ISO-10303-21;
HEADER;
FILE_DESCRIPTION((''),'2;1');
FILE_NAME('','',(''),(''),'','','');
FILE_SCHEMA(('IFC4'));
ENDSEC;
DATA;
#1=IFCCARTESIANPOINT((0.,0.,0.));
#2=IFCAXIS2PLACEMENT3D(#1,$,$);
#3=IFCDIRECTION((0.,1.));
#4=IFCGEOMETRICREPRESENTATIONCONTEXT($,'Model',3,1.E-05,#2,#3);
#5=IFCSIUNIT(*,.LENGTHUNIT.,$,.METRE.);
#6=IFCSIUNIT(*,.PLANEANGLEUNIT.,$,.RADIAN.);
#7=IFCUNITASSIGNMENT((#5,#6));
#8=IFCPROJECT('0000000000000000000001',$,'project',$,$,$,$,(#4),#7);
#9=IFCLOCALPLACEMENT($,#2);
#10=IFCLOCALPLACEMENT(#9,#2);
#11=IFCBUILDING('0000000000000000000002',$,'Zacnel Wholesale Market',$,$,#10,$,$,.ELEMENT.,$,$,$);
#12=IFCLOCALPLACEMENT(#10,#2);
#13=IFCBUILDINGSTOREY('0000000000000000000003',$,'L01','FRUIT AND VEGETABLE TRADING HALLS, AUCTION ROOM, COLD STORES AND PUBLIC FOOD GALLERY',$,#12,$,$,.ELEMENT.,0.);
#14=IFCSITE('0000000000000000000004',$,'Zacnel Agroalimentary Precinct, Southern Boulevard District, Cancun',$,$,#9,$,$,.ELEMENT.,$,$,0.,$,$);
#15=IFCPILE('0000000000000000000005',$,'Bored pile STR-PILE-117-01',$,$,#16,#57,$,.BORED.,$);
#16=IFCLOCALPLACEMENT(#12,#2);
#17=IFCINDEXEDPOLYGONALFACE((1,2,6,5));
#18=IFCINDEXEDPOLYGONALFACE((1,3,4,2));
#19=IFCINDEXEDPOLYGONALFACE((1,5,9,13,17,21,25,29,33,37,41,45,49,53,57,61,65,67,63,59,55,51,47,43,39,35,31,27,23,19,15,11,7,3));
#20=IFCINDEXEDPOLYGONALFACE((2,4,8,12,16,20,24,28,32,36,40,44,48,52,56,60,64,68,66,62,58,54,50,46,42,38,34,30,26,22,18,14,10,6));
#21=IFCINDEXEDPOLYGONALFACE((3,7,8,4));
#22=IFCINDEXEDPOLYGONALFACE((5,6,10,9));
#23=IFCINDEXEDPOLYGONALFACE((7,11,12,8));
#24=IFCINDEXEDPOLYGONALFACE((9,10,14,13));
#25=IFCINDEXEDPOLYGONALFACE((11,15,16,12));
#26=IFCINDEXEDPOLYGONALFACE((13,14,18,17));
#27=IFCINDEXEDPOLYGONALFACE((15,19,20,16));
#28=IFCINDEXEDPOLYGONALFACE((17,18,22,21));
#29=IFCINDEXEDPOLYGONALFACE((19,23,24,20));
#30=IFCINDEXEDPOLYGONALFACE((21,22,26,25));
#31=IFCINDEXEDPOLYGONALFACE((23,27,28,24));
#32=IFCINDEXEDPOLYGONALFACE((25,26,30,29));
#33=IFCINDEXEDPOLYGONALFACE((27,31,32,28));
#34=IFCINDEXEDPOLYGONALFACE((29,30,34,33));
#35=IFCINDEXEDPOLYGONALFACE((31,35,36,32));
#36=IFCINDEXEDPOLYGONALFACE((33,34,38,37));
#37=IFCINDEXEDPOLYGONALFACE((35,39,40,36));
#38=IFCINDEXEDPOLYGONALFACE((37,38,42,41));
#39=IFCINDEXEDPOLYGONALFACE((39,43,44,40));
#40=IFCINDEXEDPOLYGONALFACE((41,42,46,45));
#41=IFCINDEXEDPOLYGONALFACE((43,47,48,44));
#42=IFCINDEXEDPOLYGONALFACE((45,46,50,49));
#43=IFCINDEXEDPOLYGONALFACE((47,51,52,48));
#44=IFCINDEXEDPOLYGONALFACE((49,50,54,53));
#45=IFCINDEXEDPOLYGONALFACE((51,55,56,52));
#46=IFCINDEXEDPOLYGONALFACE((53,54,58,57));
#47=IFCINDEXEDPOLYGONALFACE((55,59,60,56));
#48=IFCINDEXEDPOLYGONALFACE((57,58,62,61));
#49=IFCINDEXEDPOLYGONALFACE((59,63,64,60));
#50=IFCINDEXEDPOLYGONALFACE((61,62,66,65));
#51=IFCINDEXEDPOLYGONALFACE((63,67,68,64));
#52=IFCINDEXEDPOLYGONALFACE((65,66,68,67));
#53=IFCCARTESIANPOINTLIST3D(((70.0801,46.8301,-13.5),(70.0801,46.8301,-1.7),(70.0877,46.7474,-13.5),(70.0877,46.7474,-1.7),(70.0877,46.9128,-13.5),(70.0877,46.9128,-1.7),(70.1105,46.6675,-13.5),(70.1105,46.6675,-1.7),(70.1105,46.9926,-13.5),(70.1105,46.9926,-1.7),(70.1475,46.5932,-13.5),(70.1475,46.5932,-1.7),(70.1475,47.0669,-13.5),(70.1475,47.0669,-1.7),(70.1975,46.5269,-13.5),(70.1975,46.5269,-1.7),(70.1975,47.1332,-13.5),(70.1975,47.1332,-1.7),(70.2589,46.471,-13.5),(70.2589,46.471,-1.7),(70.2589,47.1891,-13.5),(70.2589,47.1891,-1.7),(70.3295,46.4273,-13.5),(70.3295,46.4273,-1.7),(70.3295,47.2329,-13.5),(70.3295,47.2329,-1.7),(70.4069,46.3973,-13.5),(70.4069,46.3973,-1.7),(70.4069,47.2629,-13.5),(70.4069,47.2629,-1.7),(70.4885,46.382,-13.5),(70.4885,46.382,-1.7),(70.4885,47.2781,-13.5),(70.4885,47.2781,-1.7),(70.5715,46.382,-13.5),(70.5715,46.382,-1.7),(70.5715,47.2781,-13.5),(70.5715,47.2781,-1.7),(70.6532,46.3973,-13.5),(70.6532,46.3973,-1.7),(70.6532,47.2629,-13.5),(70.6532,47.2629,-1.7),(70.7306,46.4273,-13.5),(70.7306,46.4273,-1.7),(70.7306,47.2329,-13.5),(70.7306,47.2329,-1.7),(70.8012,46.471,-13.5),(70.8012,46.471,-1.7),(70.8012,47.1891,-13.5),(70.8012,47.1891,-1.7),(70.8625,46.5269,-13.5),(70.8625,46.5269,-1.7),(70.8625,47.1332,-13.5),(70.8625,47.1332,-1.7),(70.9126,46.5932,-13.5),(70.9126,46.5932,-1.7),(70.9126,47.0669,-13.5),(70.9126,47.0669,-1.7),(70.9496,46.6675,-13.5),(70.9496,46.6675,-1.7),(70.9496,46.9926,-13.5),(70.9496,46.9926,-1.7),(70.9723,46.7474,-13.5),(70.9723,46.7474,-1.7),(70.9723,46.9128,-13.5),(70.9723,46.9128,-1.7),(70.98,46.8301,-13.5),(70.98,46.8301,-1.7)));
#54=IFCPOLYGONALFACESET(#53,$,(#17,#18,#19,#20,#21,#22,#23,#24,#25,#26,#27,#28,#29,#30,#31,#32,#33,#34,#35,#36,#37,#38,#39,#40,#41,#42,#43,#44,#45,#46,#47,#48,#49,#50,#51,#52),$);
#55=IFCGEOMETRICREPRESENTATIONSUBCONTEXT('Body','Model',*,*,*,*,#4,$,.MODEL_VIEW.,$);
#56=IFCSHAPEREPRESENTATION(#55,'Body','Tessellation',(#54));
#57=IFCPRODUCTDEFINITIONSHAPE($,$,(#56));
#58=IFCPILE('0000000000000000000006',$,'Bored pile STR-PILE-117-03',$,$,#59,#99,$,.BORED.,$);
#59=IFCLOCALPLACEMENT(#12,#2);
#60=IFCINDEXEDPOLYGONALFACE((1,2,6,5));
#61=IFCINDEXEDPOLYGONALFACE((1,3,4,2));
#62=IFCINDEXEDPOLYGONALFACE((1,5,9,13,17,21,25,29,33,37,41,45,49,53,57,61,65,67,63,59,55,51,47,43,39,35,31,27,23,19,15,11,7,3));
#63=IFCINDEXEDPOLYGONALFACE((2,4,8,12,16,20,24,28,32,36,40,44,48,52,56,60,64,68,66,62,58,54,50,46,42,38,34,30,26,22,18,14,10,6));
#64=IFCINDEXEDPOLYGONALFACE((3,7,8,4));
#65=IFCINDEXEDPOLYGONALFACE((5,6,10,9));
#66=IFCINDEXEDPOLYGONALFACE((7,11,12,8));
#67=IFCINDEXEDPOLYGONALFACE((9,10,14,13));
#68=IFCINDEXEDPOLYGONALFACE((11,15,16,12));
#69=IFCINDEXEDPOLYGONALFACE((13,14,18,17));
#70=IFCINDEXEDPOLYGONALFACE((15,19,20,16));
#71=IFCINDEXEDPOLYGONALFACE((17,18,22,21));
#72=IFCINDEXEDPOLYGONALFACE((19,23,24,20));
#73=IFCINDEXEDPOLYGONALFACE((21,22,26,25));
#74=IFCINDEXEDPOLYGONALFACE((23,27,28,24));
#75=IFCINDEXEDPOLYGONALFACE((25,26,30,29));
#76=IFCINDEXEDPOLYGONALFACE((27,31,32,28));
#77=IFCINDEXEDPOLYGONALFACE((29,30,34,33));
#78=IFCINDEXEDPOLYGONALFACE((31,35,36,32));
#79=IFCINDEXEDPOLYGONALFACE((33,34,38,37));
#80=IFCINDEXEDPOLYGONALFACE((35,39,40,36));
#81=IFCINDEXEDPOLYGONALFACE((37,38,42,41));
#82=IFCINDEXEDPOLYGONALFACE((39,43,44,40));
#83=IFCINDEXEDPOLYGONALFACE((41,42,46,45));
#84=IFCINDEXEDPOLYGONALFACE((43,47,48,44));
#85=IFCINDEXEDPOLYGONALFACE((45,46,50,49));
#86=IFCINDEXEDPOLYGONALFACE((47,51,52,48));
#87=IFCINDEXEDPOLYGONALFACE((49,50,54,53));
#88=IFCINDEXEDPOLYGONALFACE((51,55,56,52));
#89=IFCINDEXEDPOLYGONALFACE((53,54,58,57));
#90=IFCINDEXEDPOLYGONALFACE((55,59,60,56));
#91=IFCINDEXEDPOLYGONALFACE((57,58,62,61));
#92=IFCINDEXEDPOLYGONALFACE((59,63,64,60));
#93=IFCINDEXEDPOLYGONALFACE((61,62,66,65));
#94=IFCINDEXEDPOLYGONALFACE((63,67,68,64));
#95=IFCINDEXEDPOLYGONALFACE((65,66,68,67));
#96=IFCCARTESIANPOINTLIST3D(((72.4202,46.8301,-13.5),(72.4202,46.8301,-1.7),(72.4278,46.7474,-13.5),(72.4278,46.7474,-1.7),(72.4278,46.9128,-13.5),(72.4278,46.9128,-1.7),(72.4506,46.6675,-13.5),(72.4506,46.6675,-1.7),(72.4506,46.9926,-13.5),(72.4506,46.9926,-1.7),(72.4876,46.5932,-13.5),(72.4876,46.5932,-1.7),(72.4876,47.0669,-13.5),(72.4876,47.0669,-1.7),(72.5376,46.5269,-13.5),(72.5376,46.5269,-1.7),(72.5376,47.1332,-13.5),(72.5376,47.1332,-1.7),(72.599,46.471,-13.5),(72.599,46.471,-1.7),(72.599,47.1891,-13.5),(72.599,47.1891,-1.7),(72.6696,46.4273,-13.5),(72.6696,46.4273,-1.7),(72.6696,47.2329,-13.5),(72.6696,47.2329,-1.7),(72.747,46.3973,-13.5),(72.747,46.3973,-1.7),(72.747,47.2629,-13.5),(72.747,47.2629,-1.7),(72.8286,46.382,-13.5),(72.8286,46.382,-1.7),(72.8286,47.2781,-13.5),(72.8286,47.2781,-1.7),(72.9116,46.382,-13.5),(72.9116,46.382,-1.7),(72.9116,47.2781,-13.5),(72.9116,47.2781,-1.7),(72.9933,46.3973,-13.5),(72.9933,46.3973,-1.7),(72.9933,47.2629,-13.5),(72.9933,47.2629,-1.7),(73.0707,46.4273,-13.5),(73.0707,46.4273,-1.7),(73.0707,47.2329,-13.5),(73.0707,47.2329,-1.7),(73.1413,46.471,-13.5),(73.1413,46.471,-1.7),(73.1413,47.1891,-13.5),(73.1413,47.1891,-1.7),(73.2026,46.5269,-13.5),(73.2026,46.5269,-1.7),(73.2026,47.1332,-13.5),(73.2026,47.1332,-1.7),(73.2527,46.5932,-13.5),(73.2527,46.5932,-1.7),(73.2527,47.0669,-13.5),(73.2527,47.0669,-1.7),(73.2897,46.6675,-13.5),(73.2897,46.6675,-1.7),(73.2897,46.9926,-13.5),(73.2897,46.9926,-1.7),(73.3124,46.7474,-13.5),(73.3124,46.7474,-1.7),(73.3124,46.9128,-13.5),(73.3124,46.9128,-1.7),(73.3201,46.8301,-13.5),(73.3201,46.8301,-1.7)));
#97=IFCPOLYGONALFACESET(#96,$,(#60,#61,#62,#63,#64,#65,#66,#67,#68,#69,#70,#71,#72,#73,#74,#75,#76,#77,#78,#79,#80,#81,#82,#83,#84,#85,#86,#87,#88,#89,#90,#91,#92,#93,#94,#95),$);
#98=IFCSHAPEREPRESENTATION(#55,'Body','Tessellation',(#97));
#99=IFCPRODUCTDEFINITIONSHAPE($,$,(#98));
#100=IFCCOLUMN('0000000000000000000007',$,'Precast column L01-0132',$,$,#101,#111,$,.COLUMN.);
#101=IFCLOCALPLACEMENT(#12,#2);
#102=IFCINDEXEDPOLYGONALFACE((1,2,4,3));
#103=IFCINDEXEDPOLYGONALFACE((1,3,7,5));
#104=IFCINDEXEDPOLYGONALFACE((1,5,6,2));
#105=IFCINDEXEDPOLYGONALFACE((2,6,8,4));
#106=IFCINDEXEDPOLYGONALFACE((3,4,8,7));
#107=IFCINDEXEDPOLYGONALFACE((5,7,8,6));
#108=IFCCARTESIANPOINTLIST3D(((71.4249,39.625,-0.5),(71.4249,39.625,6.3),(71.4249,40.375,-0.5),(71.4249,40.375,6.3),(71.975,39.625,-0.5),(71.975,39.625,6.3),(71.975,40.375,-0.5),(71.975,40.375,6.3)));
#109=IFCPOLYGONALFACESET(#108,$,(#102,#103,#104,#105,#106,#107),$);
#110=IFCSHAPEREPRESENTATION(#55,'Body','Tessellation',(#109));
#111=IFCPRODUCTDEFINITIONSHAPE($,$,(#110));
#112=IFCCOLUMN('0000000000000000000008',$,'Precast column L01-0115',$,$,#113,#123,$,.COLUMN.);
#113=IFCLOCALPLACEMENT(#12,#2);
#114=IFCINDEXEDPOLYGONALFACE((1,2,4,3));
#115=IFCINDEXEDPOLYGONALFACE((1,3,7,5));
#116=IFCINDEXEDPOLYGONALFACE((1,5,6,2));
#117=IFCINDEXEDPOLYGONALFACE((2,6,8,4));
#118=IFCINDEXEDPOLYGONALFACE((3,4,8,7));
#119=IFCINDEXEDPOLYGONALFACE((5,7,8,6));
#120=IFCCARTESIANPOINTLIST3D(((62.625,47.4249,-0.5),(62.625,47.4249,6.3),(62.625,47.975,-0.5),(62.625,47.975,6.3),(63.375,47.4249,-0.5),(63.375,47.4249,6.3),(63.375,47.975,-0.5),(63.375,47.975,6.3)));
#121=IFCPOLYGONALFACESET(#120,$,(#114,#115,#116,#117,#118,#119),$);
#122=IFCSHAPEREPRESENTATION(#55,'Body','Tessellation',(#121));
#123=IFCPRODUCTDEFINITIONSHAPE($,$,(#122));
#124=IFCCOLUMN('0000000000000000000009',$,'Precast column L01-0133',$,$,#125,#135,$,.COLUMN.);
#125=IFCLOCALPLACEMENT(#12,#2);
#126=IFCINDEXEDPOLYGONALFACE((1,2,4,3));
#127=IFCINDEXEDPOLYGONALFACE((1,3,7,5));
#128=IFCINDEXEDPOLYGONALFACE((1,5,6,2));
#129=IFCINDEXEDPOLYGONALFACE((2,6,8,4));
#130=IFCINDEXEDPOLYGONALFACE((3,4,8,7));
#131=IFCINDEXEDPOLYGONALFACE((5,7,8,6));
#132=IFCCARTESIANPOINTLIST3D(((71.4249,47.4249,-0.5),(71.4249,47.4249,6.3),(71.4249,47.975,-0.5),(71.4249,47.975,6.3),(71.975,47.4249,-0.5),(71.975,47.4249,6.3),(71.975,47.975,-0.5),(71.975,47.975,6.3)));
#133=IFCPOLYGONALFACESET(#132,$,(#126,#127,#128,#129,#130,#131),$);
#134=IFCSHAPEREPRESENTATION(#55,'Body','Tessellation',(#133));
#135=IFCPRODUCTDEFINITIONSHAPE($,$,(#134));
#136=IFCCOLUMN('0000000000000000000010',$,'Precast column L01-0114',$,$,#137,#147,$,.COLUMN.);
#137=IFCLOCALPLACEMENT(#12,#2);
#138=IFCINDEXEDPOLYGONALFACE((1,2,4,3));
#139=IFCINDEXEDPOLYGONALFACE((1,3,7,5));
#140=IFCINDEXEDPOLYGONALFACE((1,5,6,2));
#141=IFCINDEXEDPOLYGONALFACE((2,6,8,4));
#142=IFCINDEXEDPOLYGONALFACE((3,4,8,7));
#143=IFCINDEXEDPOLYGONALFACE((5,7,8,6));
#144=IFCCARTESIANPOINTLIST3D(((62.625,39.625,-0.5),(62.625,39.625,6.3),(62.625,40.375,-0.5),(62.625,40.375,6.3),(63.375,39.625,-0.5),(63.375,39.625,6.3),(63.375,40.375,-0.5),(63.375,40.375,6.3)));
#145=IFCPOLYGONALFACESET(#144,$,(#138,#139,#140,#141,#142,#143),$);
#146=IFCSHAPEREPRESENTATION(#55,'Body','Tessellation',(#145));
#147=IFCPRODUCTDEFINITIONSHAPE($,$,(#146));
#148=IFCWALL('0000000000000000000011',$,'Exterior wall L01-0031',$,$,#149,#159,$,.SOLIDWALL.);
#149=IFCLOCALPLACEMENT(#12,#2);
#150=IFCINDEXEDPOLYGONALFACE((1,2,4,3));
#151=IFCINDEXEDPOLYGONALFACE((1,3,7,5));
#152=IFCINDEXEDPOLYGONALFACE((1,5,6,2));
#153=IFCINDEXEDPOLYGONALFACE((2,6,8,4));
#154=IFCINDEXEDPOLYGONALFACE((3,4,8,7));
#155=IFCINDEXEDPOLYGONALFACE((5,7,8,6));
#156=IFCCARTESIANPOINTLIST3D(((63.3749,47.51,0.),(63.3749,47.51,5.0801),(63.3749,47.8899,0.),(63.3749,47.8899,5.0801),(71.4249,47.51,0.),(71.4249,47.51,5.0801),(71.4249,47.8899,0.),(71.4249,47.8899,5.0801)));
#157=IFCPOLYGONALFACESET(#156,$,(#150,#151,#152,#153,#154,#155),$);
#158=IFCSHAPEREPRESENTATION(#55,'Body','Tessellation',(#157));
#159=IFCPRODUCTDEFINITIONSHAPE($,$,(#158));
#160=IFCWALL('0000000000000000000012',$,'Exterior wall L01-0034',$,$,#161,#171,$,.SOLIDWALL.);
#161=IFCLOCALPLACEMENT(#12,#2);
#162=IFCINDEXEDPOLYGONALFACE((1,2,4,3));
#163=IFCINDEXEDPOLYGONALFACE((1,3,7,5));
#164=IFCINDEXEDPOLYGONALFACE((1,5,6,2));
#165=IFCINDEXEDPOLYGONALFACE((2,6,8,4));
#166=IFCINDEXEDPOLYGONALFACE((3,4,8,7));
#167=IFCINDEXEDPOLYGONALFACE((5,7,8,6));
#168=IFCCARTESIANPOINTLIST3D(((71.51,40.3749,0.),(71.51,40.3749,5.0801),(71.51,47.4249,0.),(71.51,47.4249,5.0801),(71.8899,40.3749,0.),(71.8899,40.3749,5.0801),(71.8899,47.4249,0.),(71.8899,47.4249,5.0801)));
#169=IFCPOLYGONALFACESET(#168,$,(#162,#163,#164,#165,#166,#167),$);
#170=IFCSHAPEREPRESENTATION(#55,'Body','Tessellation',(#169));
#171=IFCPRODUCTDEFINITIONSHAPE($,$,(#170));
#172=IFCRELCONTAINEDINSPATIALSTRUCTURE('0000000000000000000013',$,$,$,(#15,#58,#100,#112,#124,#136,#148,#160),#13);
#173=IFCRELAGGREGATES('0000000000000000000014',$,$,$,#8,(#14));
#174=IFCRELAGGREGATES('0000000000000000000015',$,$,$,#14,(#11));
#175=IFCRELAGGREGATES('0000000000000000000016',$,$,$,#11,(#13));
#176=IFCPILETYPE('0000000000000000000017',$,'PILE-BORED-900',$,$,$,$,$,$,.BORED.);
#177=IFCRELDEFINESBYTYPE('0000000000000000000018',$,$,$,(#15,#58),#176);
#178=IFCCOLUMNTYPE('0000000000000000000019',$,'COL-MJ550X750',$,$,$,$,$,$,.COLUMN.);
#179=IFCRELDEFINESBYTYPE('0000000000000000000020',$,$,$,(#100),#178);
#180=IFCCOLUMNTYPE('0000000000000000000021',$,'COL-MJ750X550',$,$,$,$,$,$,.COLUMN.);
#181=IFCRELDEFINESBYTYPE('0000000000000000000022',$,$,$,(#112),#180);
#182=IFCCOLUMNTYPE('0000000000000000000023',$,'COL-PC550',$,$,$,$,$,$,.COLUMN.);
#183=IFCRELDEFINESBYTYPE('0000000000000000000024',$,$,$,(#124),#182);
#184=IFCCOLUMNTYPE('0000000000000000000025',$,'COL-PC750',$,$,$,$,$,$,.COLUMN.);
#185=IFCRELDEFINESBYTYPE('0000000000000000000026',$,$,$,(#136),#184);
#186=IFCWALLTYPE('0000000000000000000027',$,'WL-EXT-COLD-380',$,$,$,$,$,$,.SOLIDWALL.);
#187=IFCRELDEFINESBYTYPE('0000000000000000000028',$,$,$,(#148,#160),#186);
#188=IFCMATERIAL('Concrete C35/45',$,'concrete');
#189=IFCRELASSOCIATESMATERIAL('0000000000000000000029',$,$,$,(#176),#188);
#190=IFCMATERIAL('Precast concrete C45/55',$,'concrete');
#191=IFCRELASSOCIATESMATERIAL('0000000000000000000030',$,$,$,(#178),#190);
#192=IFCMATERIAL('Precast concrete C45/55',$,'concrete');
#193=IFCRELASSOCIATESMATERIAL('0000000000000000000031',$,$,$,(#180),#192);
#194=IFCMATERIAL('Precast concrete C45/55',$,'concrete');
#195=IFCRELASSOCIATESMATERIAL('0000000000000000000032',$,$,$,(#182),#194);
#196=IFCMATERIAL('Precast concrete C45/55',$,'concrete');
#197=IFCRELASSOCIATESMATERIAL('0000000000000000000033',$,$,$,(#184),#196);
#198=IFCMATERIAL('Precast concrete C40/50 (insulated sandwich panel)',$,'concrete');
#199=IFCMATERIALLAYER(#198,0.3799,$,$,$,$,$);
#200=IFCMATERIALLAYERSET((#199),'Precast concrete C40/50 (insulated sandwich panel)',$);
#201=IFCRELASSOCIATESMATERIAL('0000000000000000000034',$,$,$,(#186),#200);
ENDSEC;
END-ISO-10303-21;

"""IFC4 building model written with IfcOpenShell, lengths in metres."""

from ifc_helpers import new_model, si_unit, direction, frame, frame_2d, origin, origin_2d, place, context, subcontext, project, spatial, rectangle, circle, extrude, material, layer, layer_set, material_profile, profile_set, type_object, element, save


model = new_model("IFC4")

# Units and contexts
model_context = context("Model", 3, precision=1e-05, world=origin(), true_north=direction((0.0, 1.0)))
body_context = subcontext(model_context, "Body", "Model", "MODEL_VIEW")
ifc_project = project(units=[si_unit("LENGTHUNIT", "METRE"), si_unit("PLANEANGLEUNIT", "RADIAN")], contexts=[model_context])

# Site, building, storey
site_placement = place(None, origin())
site = spatial("IfcSite", under=ifc_project, at=site_placement, Name="Zacnel Agroalimentary Precinct, Southern Boulevard District, Cancun", CompositionType="ELEMENT", RefElevation=0.0)
building_placement = place(site_placement, origin())
building = spatial("IfcBuilding", under=site, at=building_placement, Name="Zacnel Wholesale Market", CompositionType="ELEMENT")
storey_placement = place(building_placement, origin())
storey = spatial("IfcBuildingStorey", under=building, at=storey_placement, Name="L01", Description="FRUIT AND VEGETABLE TRADING HALLS, AUCTION ROOM, COLD STORES AND PUBLIC FOOD GALLERY", CompositionType="ELEMENT", Elevation=0.0)

# Piles
ifc_material_1 = material(Name="Concrete C35/45", Category="concrete")
ifc_material_profile_1 = material_profile(ifc_material_1, circle(Radius=0.45, at=origin_2d()), Name="BORED PILE D900")
ifc_profile_set_1 = profile_set([ifc_material_profile_1], Name="Concrete C35/45")
pile_type = type_object("IfcPileType", Name="PILE-BORED-900", PredefinedType="BORED", material=ifc_profile_set_1)
for number, where, z_axis, x_axis, name in (
    (1, (70.53, 46.8301, -1.7), (0.0, 0.0, -1.0), (1.0, 0.0, 0.0), "Bored pile STR-PILE-117-01"),
    (2, (72.8701, 46.8301, -1.7), (0.0, 0.0, -1.0), (1.0, 0.0, 0.0), "Bored pile STR-PILE-117-03"),
):
    element("IfcPile", number, at=place(storey_placement, frame(where, z_axis=z_axis, x_axis=x_axis)), inside=storey, type_object=pile_type, Name=name, PredefinedType="BORED", context=body_context, shape_type="SweptSolid", body=[
        extrude(circle(Radius=0.45, at=origin_2d()), origin(), (0.0, 0.0, 1.0), 11.8),
    ])

# Columns
ifc_material_2 = material(Name="Precast concrete C45/55", Category="concrete")
ifc_material_profile_2 = material_profile(ifc_material_2, rectangle(XDim=0.55, YDim=0.75, at=origin_2d()), Name="PC 550x750")
ifc_profile_set_2 = profile_set([ifc_material_profile_2], Name="Precast concrete C45/55")
column_type_1 = type_object("IfcColumnType", Name="COL-MJ550X750", PredefinedType="COLUMN", material=ifc_profile_set_2)
column_1_placement = place(storey_placement, frame((71.7, 40.0, -0.5), z_axis=(0.0, 0.0, 1.0), x_axis=(1.0, 0.0, 0.0)))
element("IfcColumn", 3, at=column_1_placement, inside=storey, type_object=column_type_1, Name="Precast column L01-0132", PredefinedType="COLUMN", context=body_context, shape_type="SweptSolid", body=[
    extrude(rectangle(XDim=0.55, YDim=0.75, at=origin_2d()), origin(), (0.0, 0.0, 1.0), 6.8),
])
ifc_material_3 = material(Name="Precast concrete C45/55", Category="concrete")
ifc_material_profile_3 = material_profile(ifc_material_3, rectangle(XDim=0.75, YDim=0.55, at=origin_2d()), Name="PC 750x550")
ifc_profile_set_3 = profile_set([ifc_material_profile_3], Name="Precast concrete C45/55")
column_type_2 = type_object("IfcColumnType", Name="COL-MJ750X550", PredefinedType="COLUMN", material=ifc_profile_set_3)
column_2_placement = place(storey_placement, frame((63.0, 47.7, -0.5), z_axis=(0.0, 0.0, 1.0), x_axis=(1.0, 0.0, 0.0)))
element("IfcColumn", 4, at=column_2_placement, inside=storey, type_object=column_type_2, Name="Precast column L01-0115", PredefinedType="COLUMN", context=body_context, shape_type="SweptSolid", body=[
    extrude(rectangle(XDim=0.75, YDim=0.55, at=origin_2d()), origin(), (0.0, 0.0, 1.0), 6.8),
])
ifc_material_4 = material(Name="Precast concrete C45/55", Category="concrete")
ifc_material_profile_4 = material_profile(ifc_material_4, rectangle(XDim=0.55, YDim=0.55, at=origin_2d()), Name="PC 550x550")
ifc_profile_set_4 = profile_set([ifc_material_profile_4], Name="Precast concrete C45/55")
column_type_3 = type_object("IfcColumnType", Name="COL-PC550", PredefinedType="COLUMN", material=ifc_profile_set_4)
column_3_placement = place(storey_placement, frame((71.7, 47.7, -0.5), z_axis=(0.0, 0.0, 1.0), x_axis=(1.0, 0.0, 0.0)))
element("IfcColumn", 5, at=column_3_placement, inside=storey, type_object=column_type_3, Name="Precast column L01-0133", PredefinedType="COLUMN", context=body_context, shape_type="SweptSolid", body=[
    extrude(rectangle(XDim=0.55, YDim=0.55, at=origin_2d()), origin(), (0.0, 0.0, 1.0), 6.8),
])
ifc_material_5 = material(Name="Precast concrete C45/55", Category="concrete")
ifc_material_profile_5 = material_profile(ifc_material_5, rectangle(XDim=0.75, YDim=0.75, at=origin_2d()), Name="PC 750x750")
ifc_profile_set_5 = profile_set([ifc_material_profile_5], Name="Precast concrete C45/55")
column_type_4 = type_object("IfcColumnType", Name="COL-PC750", PredefinedType="COLUMN", material=ifc_profile_set_5)
column_4_placement = place(storey_placement, frame((63.0, 40.0, -0.5), z_axis=(0.0, 0.0, 1.0), x_axis=(1.0, 0.0, 0.0)))
element("IfcColumn", 6, at=column_4_placement, inside=storey, type_object=column_type_4, Name="Precast column L01-0114", PredefinedType="COLUMN", context=body_context, shape_type="SweptSolid", body=[
    extrude(rectangle(XDim=0.75, YDim=0.75, at=origin_2d()), origin(), (0.0, 0.0, 1.0), 6.8),
])

# Walls
ifc_material_6 = material(Name="Precast concrete C40/50 (insulated sandwich panel)", Category="concrete")
ifc_layer_1 = layer(ifc_material_6, 0.3799)
ifc_layer_set_1 = layer_set([ifc_layer_1], Name="Precast concrete C40/50 (insulated sandwich panel)")
wall_type = type_object("IfcWallType", Name="WL-EXT-COLD-380", PredefinedType="SOLIDWALL", material=ifc_layer_set_1)
wall_1_placement = place(storey_placement, frame((63.375, 47.7, 0.0), z_axis=(0.0, 0.0, 1.0), x_axis=(1.0, 0.0, 0.0)))
element("IfcWall", 7, at=wall_1_placement, inside=storey, type_object=wall_type, Name="Exterior wall L01-0031", PredefinedType="SOLIDWALL", context=body_context, shape_type="SweptSolid", body=[
    extrude(rectangle(XDim=8.05, YDim=0.3799, at=frame_2d((4.0249, 0.0))), origin(), (0.0, 0.0, 1.0), 5.0801),
])
wall_2_placement = place(storey_placement, frame((71.7, 40.375, 0.0), z_axis=(0.0, 0.0, 1.0), x_axis=(0.0, 1.0, 0.0)))
element("IfcWall", 8, at=wall_2_placement, inside=storey, type_object=wall_type, Name="Exterior wall L01-0034", PredefinedType="SOLIDWALL", context=body_context, shape_type="SweptSolid", body=[
    extrude(rectangle(XDim=7.05, YDim=0.3799, at=frame_2d((3.5249, 0.0))), origin(), (0.0, 0.0, 1.0), 5.0801),
])

save(model, "model.ifc")
